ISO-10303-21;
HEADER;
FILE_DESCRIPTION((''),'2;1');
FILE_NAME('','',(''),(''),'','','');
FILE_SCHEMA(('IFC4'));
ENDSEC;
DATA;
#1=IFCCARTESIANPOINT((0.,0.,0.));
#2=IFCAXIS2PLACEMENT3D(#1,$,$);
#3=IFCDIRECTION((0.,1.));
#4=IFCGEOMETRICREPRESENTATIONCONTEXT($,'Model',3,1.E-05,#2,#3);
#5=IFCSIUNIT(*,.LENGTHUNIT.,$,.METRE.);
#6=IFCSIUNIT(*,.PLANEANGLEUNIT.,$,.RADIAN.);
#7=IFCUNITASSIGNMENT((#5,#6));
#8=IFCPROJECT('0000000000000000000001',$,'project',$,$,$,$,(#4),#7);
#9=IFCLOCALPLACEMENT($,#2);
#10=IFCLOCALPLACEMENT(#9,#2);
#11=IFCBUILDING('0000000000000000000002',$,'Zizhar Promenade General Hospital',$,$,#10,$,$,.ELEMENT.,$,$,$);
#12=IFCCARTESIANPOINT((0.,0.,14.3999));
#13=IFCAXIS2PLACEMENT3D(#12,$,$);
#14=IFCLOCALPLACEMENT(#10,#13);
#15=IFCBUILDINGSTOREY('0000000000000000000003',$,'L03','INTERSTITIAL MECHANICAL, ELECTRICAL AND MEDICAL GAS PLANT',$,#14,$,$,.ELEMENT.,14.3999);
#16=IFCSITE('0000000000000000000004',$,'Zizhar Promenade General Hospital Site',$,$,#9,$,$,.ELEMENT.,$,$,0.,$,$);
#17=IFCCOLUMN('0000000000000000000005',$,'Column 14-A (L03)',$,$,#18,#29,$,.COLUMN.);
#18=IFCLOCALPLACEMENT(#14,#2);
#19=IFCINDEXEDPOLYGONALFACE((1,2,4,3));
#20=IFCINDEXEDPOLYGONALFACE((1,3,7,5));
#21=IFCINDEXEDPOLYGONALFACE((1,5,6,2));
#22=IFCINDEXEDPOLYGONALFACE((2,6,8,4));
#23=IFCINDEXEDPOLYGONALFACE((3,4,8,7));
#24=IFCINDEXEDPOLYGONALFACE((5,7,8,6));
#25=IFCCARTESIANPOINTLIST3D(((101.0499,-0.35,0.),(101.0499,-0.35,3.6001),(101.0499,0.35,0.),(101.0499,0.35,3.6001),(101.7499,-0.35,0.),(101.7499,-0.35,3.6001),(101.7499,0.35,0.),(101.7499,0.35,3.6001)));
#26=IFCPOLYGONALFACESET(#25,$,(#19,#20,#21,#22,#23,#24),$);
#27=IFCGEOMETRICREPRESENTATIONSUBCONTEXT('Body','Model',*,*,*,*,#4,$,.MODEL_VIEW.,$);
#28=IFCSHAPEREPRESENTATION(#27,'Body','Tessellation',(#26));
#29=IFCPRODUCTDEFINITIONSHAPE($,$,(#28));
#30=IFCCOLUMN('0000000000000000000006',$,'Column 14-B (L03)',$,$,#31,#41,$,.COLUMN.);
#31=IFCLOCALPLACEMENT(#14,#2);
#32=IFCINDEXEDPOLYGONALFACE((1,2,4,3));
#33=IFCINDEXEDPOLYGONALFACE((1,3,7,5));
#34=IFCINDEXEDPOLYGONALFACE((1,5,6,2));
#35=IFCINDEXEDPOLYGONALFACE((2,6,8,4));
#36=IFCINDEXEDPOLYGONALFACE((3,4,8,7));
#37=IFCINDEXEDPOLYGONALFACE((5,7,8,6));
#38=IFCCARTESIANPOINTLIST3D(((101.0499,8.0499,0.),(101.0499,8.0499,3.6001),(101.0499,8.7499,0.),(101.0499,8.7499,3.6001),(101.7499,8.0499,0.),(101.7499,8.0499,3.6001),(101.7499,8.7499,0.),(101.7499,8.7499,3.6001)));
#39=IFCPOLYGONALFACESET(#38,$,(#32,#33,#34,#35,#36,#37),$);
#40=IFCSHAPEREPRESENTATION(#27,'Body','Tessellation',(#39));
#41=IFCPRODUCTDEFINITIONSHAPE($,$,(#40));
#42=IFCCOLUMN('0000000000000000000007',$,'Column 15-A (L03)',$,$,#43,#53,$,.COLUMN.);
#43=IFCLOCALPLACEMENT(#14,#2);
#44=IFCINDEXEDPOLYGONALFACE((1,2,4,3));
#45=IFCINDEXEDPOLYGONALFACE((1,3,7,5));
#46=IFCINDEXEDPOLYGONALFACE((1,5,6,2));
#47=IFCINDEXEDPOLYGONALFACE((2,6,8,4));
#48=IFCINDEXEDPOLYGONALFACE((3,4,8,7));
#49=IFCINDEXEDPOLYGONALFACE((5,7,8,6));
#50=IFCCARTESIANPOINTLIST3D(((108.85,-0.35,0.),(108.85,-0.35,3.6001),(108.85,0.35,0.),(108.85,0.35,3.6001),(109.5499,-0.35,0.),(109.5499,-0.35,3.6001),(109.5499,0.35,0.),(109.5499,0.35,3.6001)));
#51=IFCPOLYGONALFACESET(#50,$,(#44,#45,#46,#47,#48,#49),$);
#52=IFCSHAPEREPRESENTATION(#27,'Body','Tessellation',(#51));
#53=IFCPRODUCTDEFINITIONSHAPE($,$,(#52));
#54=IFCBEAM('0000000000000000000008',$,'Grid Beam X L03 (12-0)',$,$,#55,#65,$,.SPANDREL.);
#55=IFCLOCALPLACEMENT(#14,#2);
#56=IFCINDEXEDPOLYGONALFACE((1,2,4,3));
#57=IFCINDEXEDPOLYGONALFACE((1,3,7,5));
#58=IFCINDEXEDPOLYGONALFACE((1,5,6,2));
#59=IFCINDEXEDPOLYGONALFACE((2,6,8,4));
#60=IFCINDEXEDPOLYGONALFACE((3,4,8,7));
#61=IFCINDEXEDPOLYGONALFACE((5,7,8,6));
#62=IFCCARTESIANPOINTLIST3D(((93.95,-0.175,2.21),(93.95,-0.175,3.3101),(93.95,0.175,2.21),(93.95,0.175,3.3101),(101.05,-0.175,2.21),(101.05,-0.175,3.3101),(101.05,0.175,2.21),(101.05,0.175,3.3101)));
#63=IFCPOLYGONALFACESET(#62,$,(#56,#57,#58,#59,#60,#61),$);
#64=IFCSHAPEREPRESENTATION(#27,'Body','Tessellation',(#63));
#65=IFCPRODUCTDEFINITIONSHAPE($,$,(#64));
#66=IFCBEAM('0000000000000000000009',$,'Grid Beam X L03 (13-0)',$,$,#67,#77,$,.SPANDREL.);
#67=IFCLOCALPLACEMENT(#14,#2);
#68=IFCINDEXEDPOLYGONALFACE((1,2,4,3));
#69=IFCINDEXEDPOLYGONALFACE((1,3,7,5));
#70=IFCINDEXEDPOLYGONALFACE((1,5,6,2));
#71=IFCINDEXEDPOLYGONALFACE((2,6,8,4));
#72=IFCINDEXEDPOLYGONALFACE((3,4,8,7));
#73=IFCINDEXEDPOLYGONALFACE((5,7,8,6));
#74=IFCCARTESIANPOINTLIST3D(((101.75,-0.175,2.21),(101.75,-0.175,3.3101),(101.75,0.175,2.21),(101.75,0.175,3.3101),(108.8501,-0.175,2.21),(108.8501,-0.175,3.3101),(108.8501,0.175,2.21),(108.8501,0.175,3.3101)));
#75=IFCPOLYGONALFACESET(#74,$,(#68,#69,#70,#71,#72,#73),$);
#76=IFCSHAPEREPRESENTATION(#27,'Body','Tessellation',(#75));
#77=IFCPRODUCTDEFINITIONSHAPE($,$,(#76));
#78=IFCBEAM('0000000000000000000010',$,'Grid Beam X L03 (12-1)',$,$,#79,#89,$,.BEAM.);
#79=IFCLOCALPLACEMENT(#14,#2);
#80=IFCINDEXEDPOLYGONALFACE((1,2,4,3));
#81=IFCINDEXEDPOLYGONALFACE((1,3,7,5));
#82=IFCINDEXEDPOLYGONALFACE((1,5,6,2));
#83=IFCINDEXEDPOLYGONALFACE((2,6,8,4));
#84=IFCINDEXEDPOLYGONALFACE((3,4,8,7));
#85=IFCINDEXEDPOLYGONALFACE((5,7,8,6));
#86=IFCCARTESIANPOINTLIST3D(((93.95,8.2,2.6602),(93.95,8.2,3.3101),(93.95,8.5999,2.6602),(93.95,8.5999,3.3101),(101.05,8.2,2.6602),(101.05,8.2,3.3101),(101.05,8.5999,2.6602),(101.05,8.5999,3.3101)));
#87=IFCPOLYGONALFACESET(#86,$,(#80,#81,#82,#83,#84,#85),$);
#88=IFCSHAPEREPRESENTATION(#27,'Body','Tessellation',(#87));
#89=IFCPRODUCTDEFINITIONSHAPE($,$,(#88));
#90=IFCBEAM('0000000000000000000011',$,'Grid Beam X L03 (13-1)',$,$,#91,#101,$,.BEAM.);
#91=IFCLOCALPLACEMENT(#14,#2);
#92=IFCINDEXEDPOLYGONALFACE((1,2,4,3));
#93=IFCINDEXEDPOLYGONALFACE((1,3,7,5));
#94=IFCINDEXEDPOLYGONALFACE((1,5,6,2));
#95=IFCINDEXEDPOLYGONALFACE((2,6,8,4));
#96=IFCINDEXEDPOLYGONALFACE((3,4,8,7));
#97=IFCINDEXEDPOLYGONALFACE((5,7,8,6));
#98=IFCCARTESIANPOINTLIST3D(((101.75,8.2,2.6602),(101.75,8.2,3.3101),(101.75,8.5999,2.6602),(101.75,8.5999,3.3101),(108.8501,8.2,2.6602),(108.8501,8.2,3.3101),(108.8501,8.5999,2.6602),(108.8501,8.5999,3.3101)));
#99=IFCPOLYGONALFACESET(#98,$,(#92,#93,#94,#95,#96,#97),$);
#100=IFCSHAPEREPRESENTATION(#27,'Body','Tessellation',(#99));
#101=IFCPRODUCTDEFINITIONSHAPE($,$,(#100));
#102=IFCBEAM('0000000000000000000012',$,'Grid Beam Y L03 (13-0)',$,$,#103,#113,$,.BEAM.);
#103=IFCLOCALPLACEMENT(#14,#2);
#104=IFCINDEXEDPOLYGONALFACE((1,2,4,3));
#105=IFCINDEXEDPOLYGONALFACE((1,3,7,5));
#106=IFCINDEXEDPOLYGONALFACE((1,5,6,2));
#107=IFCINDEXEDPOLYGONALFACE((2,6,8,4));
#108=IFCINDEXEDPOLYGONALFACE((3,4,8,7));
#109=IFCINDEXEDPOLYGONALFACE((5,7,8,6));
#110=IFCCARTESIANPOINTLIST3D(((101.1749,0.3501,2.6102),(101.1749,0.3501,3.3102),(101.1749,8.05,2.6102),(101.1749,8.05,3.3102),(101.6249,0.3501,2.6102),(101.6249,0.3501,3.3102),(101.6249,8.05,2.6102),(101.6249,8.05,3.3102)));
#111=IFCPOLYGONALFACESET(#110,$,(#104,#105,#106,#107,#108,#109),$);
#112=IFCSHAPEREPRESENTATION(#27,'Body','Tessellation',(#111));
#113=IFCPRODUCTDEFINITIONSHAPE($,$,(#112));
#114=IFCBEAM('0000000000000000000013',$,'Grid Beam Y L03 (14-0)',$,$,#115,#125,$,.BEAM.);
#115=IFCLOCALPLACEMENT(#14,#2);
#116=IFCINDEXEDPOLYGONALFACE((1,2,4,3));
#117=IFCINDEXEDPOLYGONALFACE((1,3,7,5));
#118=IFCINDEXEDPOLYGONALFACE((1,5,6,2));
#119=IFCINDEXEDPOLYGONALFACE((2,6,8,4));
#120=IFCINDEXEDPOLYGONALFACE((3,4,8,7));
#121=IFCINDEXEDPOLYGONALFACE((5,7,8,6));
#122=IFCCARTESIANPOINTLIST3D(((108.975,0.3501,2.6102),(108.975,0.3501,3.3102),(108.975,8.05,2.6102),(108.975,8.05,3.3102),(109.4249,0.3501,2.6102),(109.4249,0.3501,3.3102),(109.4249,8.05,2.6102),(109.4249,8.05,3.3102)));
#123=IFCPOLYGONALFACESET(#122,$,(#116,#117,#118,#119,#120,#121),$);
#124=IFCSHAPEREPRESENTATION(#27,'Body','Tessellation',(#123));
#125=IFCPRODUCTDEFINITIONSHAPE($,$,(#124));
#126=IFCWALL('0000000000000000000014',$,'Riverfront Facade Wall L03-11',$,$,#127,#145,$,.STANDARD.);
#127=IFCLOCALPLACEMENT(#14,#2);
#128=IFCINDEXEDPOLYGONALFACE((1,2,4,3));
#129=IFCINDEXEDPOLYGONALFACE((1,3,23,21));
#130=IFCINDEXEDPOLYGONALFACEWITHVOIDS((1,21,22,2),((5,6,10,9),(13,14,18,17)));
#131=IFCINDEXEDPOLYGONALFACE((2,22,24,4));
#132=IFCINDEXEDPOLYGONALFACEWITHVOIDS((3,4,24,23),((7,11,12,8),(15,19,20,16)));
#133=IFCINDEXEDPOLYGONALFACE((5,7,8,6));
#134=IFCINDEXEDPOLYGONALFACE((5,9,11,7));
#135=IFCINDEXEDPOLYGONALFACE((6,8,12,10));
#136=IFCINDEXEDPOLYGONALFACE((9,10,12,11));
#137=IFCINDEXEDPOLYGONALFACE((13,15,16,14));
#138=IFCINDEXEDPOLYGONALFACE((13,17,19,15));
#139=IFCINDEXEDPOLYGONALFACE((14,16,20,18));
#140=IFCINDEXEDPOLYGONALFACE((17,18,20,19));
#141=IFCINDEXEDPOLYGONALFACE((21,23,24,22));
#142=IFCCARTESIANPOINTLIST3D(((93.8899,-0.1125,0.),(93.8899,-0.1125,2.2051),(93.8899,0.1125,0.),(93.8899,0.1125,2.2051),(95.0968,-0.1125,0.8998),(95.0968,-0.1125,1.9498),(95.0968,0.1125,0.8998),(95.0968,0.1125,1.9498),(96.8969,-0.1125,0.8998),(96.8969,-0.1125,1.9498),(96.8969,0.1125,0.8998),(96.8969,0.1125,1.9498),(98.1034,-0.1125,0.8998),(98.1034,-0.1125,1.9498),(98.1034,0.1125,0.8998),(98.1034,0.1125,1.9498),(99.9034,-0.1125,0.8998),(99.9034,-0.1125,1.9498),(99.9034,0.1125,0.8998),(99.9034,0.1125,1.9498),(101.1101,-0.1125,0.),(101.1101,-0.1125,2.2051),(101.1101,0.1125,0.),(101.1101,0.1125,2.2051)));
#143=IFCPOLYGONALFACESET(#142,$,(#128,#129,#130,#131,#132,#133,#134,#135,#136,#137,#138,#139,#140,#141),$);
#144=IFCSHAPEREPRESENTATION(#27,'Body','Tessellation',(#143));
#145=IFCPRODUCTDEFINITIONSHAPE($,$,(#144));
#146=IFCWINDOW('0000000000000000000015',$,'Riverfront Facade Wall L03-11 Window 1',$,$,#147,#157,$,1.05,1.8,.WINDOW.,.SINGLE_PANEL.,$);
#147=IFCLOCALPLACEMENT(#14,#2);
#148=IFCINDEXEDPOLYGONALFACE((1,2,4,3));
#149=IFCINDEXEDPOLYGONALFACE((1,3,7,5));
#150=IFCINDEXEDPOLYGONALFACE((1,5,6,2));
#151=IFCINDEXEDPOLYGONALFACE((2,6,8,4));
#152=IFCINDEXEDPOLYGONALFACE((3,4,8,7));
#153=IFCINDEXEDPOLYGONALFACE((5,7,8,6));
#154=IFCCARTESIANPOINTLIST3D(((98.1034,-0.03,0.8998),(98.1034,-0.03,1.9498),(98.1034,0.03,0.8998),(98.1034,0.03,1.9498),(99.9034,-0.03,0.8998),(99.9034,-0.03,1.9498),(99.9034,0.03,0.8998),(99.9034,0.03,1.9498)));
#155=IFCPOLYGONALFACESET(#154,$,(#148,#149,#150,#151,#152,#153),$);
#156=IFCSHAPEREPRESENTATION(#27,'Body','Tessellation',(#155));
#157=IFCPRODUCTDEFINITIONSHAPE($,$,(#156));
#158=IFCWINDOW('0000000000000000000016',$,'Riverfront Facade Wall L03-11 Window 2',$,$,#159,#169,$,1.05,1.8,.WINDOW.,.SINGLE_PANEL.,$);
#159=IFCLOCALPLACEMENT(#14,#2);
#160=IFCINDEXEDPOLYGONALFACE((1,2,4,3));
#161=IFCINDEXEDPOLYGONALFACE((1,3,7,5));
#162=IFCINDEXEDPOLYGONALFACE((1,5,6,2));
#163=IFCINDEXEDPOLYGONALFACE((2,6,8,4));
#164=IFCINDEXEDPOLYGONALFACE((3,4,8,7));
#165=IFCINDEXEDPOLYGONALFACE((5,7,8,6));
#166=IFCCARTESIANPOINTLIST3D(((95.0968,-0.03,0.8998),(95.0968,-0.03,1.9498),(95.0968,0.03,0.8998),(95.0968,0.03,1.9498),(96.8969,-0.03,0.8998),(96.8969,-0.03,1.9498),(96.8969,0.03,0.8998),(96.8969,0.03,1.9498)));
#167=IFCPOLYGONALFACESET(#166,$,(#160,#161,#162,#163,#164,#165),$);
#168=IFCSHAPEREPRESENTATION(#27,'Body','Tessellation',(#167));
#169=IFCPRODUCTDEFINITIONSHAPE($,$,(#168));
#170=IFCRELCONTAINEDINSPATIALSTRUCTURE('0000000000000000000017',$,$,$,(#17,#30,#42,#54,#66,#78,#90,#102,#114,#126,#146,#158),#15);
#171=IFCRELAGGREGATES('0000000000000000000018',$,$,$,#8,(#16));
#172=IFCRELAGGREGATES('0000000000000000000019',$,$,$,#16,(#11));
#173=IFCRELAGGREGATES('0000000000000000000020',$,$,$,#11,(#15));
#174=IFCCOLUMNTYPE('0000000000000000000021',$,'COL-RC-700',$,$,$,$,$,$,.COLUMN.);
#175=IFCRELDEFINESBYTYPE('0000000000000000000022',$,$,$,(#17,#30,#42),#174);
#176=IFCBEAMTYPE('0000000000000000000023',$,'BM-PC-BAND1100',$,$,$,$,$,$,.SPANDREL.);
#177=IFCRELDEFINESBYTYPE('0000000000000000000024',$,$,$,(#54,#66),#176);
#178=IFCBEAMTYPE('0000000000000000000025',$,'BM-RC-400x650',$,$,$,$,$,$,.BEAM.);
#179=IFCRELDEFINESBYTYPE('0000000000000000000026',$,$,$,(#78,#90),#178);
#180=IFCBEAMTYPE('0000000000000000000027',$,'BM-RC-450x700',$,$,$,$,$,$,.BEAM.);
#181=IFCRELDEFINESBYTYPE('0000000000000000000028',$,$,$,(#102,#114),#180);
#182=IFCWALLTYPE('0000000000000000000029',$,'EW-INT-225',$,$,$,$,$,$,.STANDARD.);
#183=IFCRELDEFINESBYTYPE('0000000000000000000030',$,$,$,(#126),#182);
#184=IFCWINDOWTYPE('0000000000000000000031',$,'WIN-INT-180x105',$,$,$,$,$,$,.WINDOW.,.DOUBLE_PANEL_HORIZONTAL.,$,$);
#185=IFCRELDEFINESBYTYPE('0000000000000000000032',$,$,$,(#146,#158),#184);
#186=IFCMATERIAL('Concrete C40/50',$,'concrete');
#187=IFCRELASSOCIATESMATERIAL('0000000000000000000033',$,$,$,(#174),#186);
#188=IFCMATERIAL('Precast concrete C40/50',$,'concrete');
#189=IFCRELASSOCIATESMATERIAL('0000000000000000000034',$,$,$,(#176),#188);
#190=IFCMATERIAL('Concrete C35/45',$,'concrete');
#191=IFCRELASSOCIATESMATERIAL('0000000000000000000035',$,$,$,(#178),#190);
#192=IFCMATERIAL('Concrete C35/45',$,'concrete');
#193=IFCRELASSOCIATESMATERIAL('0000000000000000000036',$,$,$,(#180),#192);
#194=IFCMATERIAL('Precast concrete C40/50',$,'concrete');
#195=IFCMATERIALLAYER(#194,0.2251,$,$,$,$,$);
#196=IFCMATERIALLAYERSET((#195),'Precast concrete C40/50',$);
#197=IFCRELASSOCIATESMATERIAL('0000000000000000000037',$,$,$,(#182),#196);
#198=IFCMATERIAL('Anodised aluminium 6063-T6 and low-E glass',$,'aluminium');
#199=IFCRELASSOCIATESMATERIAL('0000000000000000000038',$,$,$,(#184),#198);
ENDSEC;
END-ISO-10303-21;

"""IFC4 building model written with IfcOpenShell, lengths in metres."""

from ifc_helpers import new_model, si_unit, direction, frame, frame_2d, origin, origin_2d, place, context, subcontext, project, spatial, rectangle, extrude, material, layer, layer_set, material_profile, profile_set, type_object, element, fill, save


model = new_model("IFC4")

# Units and contexts
model_context = context("Model", 3, precision=1e-05, world=origin(), true_north=direction((0.0, 1.0)))
body_context = subcontext(model_context, "Body", "Model", "MODEL_VIEW")
ifc_project = project(units=[si_unit("LENGTHUNIT", "METRE"), si_unit("PLANEANGLEUNIT", "RADIAN")], contexts=[model_context])

# Site, building, storey
site_placement = place(None, origin())
site = spatial("IfcSite", under=ifc_project, at=site_placement, Name="Zizhar Promenade General Hospital Site", CompositionType="ELEMENT", RefElevation=0.0)
building_placement = place(site_placement, origin())
building = spatial("IfcBuilding", under=site, at=building_placement, Name="Zizhar Promenade General Hospital", CompositionType="ELEMENT")
storey_placement = place(building_placement, frame((0.0, 0.0, 14.3999)))
storey = spatial("IfcBuildingStorey", under=building, at=storey_placement, Name="L03", Description="INTERSTITIAL MECHANICAL, ELECTRICAL AND MEDICAL GAS PLANT", CompositionType="ELEMENT", Elevation=14.3999)

# Columns
ifc_material_1 = material(Name="Concrete C40/50", Category="concrete")
ifc_material_profile_1 = material_profile(ifc_material_1, rectangle(XDim=0.7, YDim=0.7, at=origin_2d()))
ifc_profile_set_1 = profile_set([ifc_material_profile_1], Name="Concrete C40/50")
column_type = type_object("IfcColumnType", Name="COL-RC-700", PredefinedType="COLUMN", material=ifc_profile_set_1)
for number, where, z_axis, x_axis, name in (
    (1, (101.3999, 0.0, 0.0), (0.0, 0.0, 1.0), (1.0, 0.0, 0.0), "Column 14-A (L03)"),
    (2, (101.3999, 8.3999, 0.0), (0.0, 0.0, 1.0), (1.0, 0.0, 0.0), "Column 14-B (L03)"),
    (3, (109.2, 0.0, 0.0), (0.0, 0.0, 1.0), (1.0, 0.0, 0.0), "Column 15-A (L03)"),
):
    element("IfcColumn", number, at=place(storey_placement, frame(where, z_axis=z_axis, x_axis=x_axis)), inside=storey, type_object=column_type, Name=name, PredefinedType="COLUMN", context=body_context, shape_type="SweptSolid", body=[
        extrude(rectangle(XDim=0.7, YDim=0.7, at=origin_2d()), origin(), (0.0, 0.0, 1.0), 3.6001),
    ])

# Beams
ifc_material_2 = material(Name="Precast concrete C40/50", Category="concrete")
ifc_material_profile_2 = material_profile(ifc_material_2, rectangle(XDim=0.3501, YDim=1.1001, at=origin_2d()))
ifc_profile_set_2 = profile_set([ifc_material_profile_2], Name="Precast concrete C40/50")
beam_type_1 = type_object("IfcBeamType", Name="BM-PC-BAND1100", PredefinedType="SPANDREL", material=ifc_profile_set_2)
for number, where, z_axis, x_axis, name in (
    (4, (93.95, 0.0, 2.76), (1.0, 0.0, 0.0), (0.0, 1.0, 0.0), "Grid Beam X L03 (12-0)"),
    (5, (101.75, 0.0, 2.76), (1.0, 0.0, 0.0), (0.0, 1.0, 0.0), "Grid Beam X L03 (13-0)"),
):
    element("IfcBeam", number, at=place(storey_placement, frame(where, z_axis=z_axis, x_axis=x_axis)), inside=storey, type_object=beam_type_1, Name=name, PredefinedType="SPANDREL", context=body_context, shape_type="SweptSolid", body=[
        extrude(rectangle(XDim=0.3501, YDim=1.1001, at=origin_2d()), origin(), (0.0, 0.0, 1.0), 7.1001),
    ])
ifc_material_3 = material(Name="Concrete C35/45", Category="concrete")
ifc_material_profile_3 = material_profile(ifc_material_3, rectangle(XDim=0.3999, YDim=0.6499, at=origin_2d()))
ifc_profile_set_3 = profile_set([ifc_material_profile_3], Name="Concrete C35/45")
beam_type_2 = type_object("IfcBeamType", Name="BM-RC-400x650", PredefinedType="BEAM", material=ifc_profile_set_3)
for number, where, z_axis, x_axis, name in (
    (6, (93.95, 8.3999, 2.9851), (1.0, 0.0, 0.0), (0.0, 1.0, 0.0), "Grid Beam X L03 (12-1)"),
    (7, (101.75, 8.3999, 2.9851), (1.0, 0.0, 0.0), (0.0, 1.0, 0.0), "Grid Beam X L03 (13-1)"),
):
    element("IfcBeam", number, at=place(storey_placement, frame(where, z_axis=z_axis, x_axis=x_axis)), inside=storey, type_object=beam_type_2, Name=name, PredefinedType="BEAM", context=body_context, shape_type="SweptSolid", body=[
        extrude(rectangle(XDim=0.3999, YDim=0.6499, at=origin_2d()), origin(), (0.0, 0.0, 1.0), 7.1001),
    ])
ifc_material_4 = material(Name="Concrete C35/45", Category="concrete")
ifc_material_profile_4 = material_profile(ifc_material_4, rectangle(XDim=0.45, YDim=0.7, at=origin_2d()))
ifc_profile_set_4 = profile_set([ifc_material_profile_4], Name="Concrete C35/45")
beam_type_3 = type_object("IfcBeamType", Name="BM-RC-450x700", PredefinedType="BEAM", material=ifc_profile_set_4)
for number, where, z_axis, x_axis, name in (
    (8, (101.3999, 0.3501, 2.9602), (0.0, 1.0, 0.0), (-1.0, 0.0, 0.0), "Grid Beam Y L03 (13-0)"),
    (9, (109.2, 0.3501, 2.9602), (0.0, 1.0, 0.0), (-1.0, 0.0, 0.0), "Grid Beam Y L03 (14-0)"),
):
    element("IfcBeam", number, at=place(storey_placement, frame(where, z_axis=z_axis, x_axis=x_axis)), inside=storey, type_object=beam_type_3, Name=name, PredefinedType="BEAM", context=body_context, shape_type="SweptSolid", body=[
        extrude(rectangle(XDim=0.45, YDim=0.7, at=origin_2d()), origin(), (0.0, 0.0, 1.0), 7.7),
    ])

# Wall, openings, windows
ifc_material_5 = material(Name="Precast concrete C40/50", Category="concrete")
ifc_layer_1 = layer(ifc_material_5, 0.2251)
ifc_layer_set_1 = layer_set([ifc_layer_1], Name="Precast concrete C40/50")
wall_type_1 = type_object("IfcWallType", Name="EW-INT-225", PredefinedType="STANDARD", material=ifc_layer_set_1)
wall_1_placement = place(storey_placement, frame((101.1101, 0.0, 0.0), z_axis=(0.0, 0.0, 1.0), x_axis=(-1.0, 0.0, 0.0)))
wall_1 = element("IfcWall", 10, at=wall_1_placement, inside=storey, type_object=wall_type_1, Name="Riverfront Facade Wall L03-11", PredefinedType="STANDARD", context=body_context, shape_type="SweptSolid", body=[
    extrude(rectangle(XDim=7.2202, YDim=0.2251, at=frame_2d((3.6101, 0.0))), origin(), (0.0, 0.0, 1.0), 2.2051),
])
opening_1_placement = place(wall_1_placement, frame((1.2068, 0.0, 0.8999)))
opening_1 = element("IfcOpeningElement", 11, at=opening_1_placement, cuts=wall_1, PredefinedType="OPENING", context=body_context, shape_type="SweptSolid", body=[
    extrude(rectangle(XDim=1.8, YDim=1.05, at=frame_2d((0.8999, 0.5249))), frame((0.0, 0.1226, 0.0), z_axis=(0.0, -1.0, 0.0), x_axis=(1.0, 0.0, 0.0)), (0.0, 0.0, 1.0), 0.2451),
])
opening_2_placement = place(wall_1_placement, frame((4.2134, 0.0, 0.8999)))
opening_2 = element("IfcOpeningElement", 12, at=opening_2_placement, cuts=wall_1, PredefinedType="OPENING", context=body_context, shape_type="SweptSolid", body=[
    extrude(rectangle(XDim=1.8, YDim=1.05, at=frame_2d((0.8999, 0.5249))), frame((0.0, 0.1226, 0.0), z_axis=(0.0, -1.0, 0.0), x_axis=(1.0, 0.0, 0.0)), (0.0, 0.0, 1.0), 0.2451),
])
ifc_material_6 = material(Name="Anodised aluminium 6063-T6 and low-E glass", Category="aluminium")
window_type = type_object("IfcWindowType", Name="WIN-INT-180x105", PartitioningType="DOUBLE_PANEL_HORIZONTAL", PredefinedType="WINDOW", material=ifc_material_6)
window_1_placement = place(opening_1_placement, origin())
window_1 = element("IfcWindow", 13, at=window_1_placement, inside=storey, type_object=window_type, Name="Riverfront Facade Wall L03-11 Window 1", OverallHeight=1.05, OverallWidth=1.8, PartitioningType="SINGLE_PANEL", PredefinedType="WINDOW", context=body_context, shape_type="SweptSolid", body=[
    extrude(rectangle(XDim=1.8, YDim=1.05, at=frame_2d((0.8999, 0.5249))), frame((0.0, 0.03, 0.0), z_axis=(0.0, -1.0, 0.0), x_axis=(1.0, 0.0, 0.0)), (0.0, 0.0, 1.0), 0.0601),
])
fill(opening_1, window_1)
window_2_placement = place(opening_2_placement, origin())
window_2 = element("IfcWindow", 14, at=window_2_placement, inside=storey, type_object=window_type, Name="Riverfront Facade Wall L03-11 Window 2", OverallHeight=1.05, OverallWidth=1.8, PartitioningType="SINGLE_PANEL", PredefinedType="WINDOW", context=body_context, shape_type="SweptSolid", body=[
    extrude(rectangle(XDim=1.8, YDim=1.05, at=frame_2d((0.8999, 0.5249))), frame((0.0, 0.03, 0.0), z_axis=(0.0, -1.0, 0.0), x_axis=(1.0, 0.0, 0.0)), (0.0, 0.0, 1.0), 0.0601),
])
fill(opening_2, window_2)

save(model, "model.ifc")
